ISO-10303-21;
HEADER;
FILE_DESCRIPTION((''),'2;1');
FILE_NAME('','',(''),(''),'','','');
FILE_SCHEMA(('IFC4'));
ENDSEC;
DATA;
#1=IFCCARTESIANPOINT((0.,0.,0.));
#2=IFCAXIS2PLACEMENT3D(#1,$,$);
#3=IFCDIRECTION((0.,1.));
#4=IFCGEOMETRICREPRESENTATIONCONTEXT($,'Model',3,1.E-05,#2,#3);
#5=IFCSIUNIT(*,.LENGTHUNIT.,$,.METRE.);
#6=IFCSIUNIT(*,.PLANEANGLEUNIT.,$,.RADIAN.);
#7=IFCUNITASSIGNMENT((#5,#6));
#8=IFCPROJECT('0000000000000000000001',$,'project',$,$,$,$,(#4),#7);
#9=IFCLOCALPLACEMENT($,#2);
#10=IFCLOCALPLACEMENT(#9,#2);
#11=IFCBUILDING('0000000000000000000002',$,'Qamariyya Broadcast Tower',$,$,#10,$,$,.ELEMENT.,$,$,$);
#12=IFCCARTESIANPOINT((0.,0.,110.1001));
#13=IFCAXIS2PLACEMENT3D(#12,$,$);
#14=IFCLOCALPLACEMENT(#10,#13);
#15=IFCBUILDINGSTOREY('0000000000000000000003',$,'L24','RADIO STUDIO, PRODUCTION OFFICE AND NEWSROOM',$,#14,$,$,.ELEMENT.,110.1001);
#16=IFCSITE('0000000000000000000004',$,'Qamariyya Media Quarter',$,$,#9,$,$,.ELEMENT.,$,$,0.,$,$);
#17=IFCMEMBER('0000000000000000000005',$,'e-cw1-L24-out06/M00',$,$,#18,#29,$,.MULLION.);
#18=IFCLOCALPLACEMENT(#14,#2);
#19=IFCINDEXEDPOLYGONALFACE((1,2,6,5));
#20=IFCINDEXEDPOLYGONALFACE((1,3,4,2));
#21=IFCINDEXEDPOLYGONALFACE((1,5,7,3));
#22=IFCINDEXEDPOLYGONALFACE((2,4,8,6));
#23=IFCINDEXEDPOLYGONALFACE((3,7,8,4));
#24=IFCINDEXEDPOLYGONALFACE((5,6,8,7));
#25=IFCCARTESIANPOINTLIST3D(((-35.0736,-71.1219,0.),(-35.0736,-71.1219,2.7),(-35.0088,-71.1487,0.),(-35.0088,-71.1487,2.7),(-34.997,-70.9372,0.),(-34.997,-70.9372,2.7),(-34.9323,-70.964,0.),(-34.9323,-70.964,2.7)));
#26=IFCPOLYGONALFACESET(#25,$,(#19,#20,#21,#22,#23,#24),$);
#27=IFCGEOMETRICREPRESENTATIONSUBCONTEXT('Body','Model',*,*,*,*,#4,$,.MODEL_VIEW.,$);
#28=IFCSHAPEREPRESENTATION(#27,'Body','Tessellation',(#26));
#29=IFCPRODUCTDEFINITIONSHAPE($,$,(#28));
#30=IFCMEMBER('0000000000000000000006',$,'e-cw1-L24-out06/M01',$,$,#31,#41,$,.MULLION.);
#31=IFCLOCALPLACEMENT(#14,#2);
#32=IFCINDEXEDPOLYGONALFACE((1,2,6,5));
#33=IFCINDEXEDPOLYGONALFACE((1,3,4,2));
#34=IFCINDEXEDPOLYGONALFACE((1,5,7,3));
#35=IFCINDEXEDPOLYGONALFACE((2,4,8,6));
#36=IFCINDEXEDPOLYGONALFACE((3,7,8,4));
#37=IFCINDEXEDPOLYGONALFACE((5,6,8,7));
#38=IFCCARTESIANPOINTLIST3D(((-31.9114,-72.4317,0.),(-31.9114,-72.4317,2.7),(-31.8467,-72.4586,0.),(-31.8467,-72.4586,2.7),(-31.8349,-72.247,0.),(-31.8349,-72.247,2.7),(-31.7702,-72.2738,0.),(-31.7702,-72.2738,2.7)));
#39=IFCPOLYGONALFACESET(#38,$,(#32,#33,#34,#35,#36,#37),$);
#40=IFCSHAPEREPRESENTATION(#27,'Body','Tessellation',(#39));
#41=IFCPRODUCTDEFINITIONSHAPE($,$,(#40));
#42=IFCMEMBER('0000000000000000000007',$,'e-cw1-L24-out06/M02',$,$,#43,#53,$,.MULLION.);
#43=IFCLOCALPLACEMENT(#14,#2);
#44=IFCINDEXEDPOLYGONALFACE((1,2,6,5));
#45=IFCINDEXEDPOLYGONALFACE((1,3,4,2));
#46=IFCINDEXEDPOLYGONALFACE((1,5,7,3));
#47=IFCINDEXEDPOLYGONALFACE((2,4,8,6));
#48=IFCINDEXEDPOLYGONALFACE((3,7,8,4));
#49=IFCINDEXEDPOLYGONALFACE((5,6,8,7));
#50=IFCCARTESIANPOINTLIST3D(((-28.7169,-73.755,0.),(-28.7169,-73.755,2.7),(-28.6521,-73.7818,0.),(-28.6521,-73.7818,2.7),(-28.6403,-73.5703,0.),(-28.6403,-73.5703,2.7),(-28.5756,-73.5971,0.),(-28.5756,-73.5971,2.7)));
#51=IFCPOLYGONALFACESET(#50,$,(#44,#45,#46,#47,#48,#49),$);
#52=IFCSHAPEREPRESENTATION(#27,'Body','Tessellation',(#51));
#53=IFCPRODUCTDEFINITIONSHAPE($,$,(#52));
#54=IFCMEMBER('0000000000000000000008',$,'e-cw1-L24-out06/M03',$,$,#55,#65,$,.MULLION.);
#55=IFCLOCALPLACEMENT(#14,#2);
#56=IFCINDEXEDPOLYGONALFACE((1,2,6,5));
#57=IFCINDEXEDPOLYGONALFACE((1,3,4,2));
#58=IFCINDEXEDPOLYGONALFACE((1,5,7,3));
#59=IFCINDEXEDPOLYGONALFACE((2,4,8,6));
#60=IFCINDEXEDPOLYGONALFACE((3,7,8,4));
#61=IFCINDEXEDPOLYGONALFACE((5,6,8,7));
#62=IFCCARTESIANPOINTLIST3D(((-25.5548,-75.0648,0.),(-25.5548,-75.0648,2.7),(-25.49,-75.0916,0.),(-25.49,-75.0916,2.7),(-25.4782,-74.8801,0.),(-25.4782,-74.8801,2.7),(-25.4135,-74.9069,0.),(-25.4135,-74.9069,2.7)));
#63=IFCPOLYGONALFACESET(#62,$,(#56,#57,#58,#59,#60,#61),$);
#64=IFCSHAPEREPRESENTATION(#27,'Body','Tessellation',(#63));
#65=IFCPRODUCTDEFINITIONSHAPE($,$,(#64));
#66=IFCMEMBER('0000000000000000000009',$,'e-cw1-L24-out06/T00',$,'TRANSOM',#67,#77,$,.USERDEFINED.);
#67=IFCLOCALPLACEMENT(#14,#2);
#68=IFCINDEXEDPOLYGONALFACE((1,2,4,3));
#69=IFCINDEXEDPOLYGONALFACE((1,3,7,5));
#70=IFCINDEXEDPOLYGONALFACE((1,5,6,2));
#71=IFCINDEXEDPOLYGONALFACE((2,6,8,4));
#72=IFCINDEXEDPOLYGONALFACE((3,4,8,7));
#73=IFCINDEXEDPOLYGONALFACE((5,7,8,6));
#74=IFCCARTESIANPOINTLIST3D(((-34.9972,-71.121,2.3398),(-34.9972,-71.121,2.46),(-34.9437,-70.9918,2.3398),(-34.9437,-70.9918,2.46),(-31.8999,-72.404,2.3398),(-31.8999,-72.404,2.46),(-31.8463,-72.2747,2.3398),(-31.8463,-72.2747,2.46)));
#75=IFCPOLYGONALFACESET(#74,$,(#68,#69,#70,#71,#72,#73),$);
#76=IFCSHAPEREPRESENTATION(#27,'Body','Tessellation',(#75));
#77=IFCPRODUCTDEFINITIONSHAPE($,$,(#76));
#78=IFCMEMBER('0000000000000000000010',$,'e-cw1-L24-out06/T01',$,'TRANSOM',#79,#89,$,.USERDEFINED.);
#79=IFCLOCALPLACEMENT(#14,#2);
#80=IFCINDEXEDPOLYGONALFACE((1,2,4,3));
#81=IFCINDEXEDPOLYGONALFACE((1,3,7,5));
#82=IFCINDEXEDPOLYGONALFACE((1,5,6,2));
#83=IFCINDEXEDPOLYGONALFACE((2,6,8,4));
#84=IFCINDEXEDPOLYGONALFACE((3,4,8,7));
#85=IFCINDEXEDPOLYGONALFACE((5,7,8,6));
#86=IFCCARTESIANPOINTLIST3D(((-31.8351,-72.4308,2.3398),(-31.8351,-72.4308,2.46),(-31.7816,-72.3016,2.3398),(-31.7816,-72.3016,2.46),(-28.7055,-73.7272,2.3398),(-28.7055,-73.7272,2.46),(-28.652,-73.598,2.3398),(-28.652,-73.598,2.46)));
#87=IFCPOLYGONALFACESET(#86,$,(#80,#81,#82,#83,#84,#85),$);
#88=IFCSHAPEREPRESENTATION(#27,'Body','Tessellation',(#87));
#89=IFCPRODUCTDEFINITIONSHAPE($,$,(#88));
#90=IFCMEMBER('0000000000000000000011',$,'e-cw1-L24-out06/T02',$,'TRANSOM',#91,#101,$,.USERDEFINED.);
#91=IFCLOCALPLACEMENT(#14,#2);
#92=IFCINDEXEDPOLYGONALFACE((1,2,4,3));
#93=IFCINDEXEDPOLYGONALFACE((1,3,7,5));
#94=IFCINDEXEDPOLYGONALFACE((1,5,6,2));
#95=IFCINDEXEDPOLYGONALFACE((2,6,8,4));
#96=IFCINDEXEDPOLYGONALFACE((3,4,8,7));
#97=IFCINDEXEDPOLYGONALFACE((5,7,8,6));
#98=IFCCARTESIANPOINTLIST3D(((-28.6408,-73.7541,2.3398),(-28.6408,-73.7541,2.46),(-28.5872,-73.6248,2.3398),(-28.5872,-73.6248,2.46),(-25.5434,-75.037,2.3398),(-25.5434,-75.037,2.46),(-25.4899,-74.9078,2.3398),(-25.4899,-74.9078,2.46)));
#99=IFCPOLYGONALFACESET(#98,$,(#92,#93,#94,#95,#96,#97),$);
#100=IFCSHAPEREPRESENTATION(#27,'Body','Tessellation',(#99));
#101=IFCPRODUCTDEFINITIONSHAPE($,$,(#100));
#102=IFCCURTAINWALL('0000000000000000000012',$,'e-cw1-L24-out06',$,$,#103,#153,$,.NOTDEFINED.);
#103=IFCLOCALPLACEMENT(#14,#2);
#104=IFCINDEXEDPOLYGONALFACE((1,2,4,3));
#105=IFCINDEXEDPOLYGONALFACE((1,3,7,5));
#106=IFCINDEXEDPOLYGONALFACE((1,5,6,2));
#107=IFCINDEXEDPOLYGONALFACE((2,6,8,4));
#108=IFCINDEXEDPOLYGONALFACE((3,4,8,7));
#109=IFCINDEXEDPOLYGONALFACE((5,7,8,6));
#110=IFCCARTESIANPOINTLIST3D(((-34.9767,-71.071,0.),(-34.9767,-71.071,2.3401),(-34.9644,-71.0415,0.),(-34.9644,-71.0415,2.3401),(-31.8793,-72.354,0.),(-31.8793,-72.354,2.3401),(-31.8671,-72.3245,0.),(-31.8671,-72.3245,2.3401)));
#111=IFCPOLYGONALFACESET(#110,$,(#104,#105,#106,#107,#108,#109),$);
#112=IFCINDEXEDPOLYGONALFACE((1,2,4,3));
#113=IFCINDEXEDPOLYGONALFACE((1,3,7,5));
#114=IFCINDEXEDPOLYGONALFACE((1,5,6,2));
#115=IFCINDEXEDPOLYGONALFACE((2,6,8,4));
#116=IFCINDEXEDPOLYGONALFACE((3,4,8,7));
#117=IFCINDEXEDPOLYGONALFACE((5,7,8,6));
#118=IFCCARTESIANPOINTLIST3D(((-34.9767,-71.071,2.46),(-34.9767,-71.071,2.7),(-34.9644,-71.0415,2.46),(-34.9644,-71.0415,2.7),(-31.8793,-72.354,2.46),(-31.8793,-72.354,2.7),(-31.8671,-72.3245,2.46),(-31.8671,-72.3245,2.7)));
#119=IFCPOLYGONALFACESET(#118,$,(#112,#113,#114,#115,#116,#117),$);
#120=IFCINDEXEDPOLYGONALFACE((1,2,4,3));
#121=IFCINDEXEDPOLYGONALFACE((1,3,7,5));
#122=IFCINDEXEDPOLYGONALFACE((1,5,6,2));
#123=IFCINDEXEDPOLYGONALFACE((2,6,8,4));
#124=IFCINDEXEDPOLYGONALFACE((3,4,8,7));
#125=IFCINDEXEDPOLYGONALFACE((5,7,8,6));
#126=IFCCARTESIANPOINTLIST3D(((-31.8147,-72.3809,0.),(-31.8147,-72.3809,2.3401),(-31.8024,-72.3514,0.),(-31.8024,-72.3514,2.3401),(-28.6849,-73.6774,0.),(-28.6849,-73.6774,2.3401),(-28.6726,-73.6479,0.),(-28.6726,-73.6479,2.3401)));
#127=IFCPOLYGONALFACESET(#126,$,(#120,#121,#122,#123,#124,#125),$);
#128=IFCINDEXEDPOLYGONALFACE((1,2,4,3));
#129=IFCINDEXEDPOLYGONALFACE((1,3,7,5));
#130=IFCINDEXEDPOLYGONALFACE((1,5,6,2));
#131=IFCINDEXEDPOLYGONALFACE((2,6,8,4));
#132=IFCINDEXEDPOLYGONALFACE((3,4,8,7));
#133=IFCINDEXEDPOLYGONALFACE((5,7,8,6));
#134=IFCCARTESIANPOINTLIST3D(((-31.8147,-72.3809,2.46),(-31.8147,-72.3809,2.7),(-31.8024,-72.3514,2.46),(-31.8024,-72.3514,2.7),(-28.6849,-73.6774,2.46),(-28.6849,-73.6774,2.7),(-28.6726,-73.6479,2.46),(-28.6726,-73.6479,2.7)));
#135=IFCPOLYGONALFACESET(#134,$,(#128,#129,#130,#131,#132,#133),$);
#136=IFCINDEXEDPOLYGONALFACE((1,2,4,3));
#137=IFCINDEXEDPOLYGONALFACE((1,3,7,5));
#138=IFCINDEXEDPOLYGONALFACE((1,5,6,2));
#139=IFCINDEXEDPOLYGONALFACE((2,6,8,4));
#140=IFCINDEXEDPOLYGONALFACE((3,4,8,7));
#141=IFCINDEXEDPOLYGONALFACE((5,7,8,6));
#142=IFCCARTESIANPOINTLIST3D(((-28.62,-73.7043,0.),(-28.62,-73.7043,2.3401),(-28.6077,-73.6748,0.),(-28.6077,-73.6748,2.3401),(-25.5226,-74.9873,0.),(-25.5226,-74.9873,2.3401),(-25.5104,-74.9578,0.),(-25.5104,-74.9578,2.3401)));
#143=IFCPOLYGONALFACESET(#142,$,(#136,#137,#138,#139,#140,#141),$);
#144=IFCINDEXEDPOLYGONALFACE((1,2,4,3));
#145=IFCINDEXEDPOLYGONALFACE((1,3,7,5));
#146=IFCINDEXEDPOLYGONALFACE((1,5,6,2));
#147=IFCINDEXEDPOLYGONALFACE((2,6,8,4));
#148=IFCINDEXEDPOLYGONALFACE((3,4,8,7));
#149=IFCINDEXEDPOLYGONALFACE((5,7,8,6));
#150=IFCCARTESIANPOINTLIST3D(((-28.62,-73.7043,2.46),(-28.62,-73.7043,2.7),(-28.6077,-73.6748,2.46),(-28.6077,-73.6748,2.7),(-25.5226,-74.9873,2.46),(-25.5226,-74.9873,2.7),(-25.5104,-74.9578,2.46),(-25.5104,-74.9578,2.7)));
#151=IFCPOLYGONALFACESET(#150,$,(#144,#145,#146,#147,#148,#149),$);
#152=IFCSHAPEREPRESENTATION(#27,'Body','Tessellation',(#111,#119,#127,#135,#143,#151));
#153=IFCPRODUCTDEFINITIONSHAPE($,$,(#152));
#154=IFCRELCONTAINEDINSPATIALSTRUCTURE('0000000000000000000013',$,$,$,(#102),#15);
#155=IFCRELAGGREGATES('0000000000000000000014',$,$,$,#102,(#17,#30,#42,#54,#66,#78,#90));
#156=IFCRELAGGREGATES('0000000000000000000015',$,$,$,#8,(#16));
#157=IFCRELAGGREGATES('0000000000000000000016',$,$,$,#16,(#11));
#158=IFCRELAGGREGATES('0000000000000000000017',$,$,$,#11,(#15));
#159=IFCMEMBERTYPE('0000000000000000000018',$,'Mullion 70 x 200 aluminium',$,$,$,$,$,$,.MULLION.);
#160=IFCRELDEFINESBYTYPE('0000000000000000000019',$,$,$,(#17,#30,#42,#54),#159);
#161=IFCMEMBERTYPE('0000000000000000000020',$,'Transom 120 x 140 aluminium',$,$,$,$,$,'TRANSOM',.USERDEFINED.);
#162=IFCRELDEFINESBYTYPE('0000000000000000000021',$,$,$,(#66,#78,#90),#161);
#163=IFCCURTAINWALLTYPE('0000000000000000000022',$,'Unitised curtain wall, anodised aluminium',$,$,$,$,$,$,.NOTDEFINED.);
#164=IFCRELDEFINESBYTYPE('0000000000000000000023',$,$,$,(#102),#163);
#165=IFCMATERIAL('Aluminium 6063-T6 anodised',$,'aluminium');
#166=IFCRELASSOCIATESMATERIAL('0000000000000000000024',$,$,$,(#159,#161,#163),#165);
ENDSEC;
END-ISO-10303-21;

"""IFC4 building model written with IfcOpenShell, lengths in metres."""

from ifc_helpers import new_model, si_unit, direction, frame, origin, origin_2d, place, context, subcontext, project, spatial, rectangle, extrude, material, material_profile, profile_set, type_object, element, aggregate, save


model = new_model("IFC4")

# Units and contexts
model_context = context("Model", 3, precision=1e-05, world=origin(), true_north=direction((0.0, 1.0)))
body_context = subcontext(model_context, "Body", "Model", "MODEL_VIEW")
ifc_project = project(units=[si_unit("LENGTHUNIT", "METRE"), si_unit("PLANEANGLEUNIT", "RADIAN")], contexts=[model_context])

# Members
ifc_material = material(Name="Aluminium 6063-T6 anodised", Category="aluminium")
ifc_material_profile_1 = material_profile(ifc_material, rectangle(XDim=0.2, YDim=0.0701, at=origin_2d()))
ifc_profile_set_1 = profile_set([ifc_material_profile_1], Name="Aluminium 6063-T6 anodised")
member_type_1 = type_object("IfcMemberType", Name="Mullion 70 x 200 aluminium", PredefinedType="MULLION", material=ifc_profile_set_1)
site_placement = place(None, origin())
building_placement = place(site_placement, origin())
storey_placement = place(building_placement, frame((0.0, 0.0, 110.1001)))
member_1_placement = place(storey_placement, frame((-35.0029, -71.043, 0.0), z_axis=(0.0, 0.0, 1.0), x_axis=(0.382683, 0.92388, 0.0)))
member_1 = element("IfcMember", 1, at=member_1_placement, type_object=member_type_1, Name="e-cw1-L24-out06/M00", PredefinedType="MULLION", context=body_context, shape_type="SweptSolid", body=[
    extrude(rectangle(XDim=0.2, YDim=0.0701, at=origin_2d()), origin(), (0.0, 0.0, 1.0), 2.7),
])
member_2_placement = place(storey_placement, frame((-31.8408, -72.3528, 0.0), z_axis=(0.0, 0.0, 1.0), x_axis=(0.382683, 0.92388, 0.0)))
member_2 = element("IfcMember", 2, at=member_2_placement, type_object=member_type_1, Name="e-cw1-L24-out06/M01", PredefinedType="MULLION", context=body_context, shape_type="SweptSolid", body=[
    extrude(rectangle(XDim=0.2, YDim=0.0701, at=origin_2d()), origin(), (0.0, 0.0, 1.0), 2.7),
])
member_3_placement = place(storey_placement, frame((-28.6462, -73.676, 0.0), z_axis=(0.0, 0.0, 1.0), x_axis=(0.382683, 0.92388, 0.0)))
member_3 = element("IfcMember", 3, at=member_3_placement, type_object=member_type_1, Name="e-cw1-L24-out06/M02", PredefinedType="MULLION", context=body_context, shape_type="SweptSolid", body=[
    extrude(rectangle(XDim=0.2, YDim=0.0701, at=origin_2d()), origin(), (0.0, 0.0, 1.0), 2.7),
])
member_4_placement = place(storey_placement, frame((-25.4841, -74.9858, 0.0), z_axis=(0.0, 0.0, 1.0), x_axis=(0.382683, 0.92388, 0.0)))
member_4 = element("IfcMember", 4, at=member_4_placement, type_object=member_type_1, Name="e-cw1-L24-out06/M03", PredefinedType="MULLION", context=body_context, shape_type="SweptSolid", body=[
    extrude(rectangle(XDim=0.2, YDim=0.0701, at=origin_2d()), origin(), (0.0, 0.0, 1.0), 2.7),
])
ifc_material_profile_2 = material_profile(ifc_material, rectangle(XDim=0.1399, YDim=0.1201, at=origin_2d()))
ifc_profile_set_2 = profile_set([ifc_material_profile_2], Name="Aluminium 6063-T6 anodised")
member_type_2 = type_object("IfcMemberType", Name="Transom 120 x 140 aluminium", ElementType="TRANSOM", PredefinedType="USERDEFINED", material=ifc_profile_set_2)
member_5_placement = place(storey_placement, frame((-34.9705, -71.0564, 2.3999), z_axis=(0.923883, -0.382676, 0.0), x_axis=(0.382676, 0.923883, 0.0)))
member_5 = element("IfcMember", 5, at=member_5_placement, type_object=member_type_2, Name="e-cw1-L24-out06/T00", ObjectType="TRANSOM", PredefinedType="USERDEFINED", context=body_context, shape_type="SweptSolid", body=[
    extrude(rectangle(XDim=0.1399, YDim=0.1201, at=origin_2d()), origin(), (0.0, 0.0, 1.0), 3.3525),
])
member_6_placement = place(storey_placement, frame((-31.8083, -72.3662, 2.3999), z_axis=(0.923875, -0.382696, 0.0), x_axis=(0.382696, 0.923875, 0.0)))
member_6 = element("IfcMember", 6, at=member_6_placement, type_object=member_type_2, Name="e-cw1-L24-out06/T01", ObjectType="TRANSOM", PredefinedType="USERDEFINED", context=body_context, shape_type="SweptSolid", body=[
    extrude(rectangle(XDim=0.1399, YDim=0.1201, at=origin_2d()), origin(), (0.0, 0.0, 1.0), 3.3875),
])
member_7_placement = place(storey_placement, frame((-28.614, -73.6895, 2.3999), z_axis=(0.923883, -0.382676, 0.0), x_axis=(0.382676, 0.923883, 0.0)))
member_7 = element("IfcMember", 7, at=member_7_placement, type_object=member_type_2, Name="e-cw1-L24-out06/T02", ObjectType="TRANSOM", PredefinedType="USERDEFINED", context=body_context, shape_type="SweptSolid", body=[
    extrude(rectangle(XDim=0.1399, YDim=0.1201, at=origin_2d()), origin(), (0.0, 0.0, 1.0), 3.3525),
])

# Site, building, storey
site = spatial("IfcSite", under=ifc_project, at=site_placement, Name="Qamariyya Media Quarter", CompositionType="ELEMENT", RefElevation=0.0)
building = spatial("IfcBuilding", under=site, at=building_placement, Name="Qamariyya Broadcast Tower", CompositionType="ELEMENT")
storey = spatial("IfcBuildingStorey", under=building, at=storey_placement, Name="L24", Description="RADIO STUDIO, PRODUCTION OFFICE AND NEWSROOM", CompositionType="ELEMENT", Elevation=110.1001)

# Curtain wall
curtain_wall_type = type_object("IfcCurtainWallType", Name="Unitised curtain wall, anodised aluminium", PredefinedType="NOTDEFINED", material=ifc_material)
curtain_wall_1_placement = place(storey_placement, origin())
curtain_wall_1 = element("IfcCurtainWall", 8, at=curtain_wall_1_placement, inside=storey, type_object=curtain_wall_type, Name="e-cw1-L24-out06", PredefinedType="NOTDEFINED", context=body_context, shape_type="SweptSolid", body=[
    extrude(rectangle(XDim=3.3525, YDim=0.032, at=origin_2d()), frame((-33.4219, -71.6978, 0.0), x_axis=(0.923872, -0.382701, 0.0)), (0.0, 0.0, 1.0), 2.3401),
    extrude(rectangle(XDim=3.3525, YDim=0.032, at=origin_2d()), frame((-33.4219, -71.6978, 2.46), x_axis=(0.923872, -0.382701, 0.0)), (0.0, 0.0, 1.0), 0.24),
    extrude(rectangle(XDim=3.3877, YDim=0.032, at=origin_2d()), frame((-30.2437, -73.0144, 0.0), x_axis=(0.923872, -0.382701, 0.0)), (0.0, 0.0, 1.0), 2.3401),
    extrude(rectangle(XDim=3.3877, YDim=0.032, at=origin_2d()), frame((-30.2437, -73.0144, 2.46), x_axis=(0.923872, -0.382701, 0.0)), (0.0, 0.0, 1.0), 0.24),
    extrude(rectangle(XDim=3.3525, YDim=0.032, at=origin_2d()), frame((-27.0652, -74.3311, 0.0), x_axis=(0.923872, -0.382701, 0.0)), (0.0, 0.0, 1.0), 2.3401),
    extrude(rectangle(XDim=3.3525, YDim=0.032, at=origin_2d()), frame((-27.0652, -74.3311, 2.46), x_axis=(0.923872, -0.382701, 0.0)), (0.0, 0.0, 1.0), 0.24),
])
aggregate(curtain_wall_1, [member_1, member_2, member_3, member_4, member_5, member_6, member_7])

save(model, "model.ifc")
